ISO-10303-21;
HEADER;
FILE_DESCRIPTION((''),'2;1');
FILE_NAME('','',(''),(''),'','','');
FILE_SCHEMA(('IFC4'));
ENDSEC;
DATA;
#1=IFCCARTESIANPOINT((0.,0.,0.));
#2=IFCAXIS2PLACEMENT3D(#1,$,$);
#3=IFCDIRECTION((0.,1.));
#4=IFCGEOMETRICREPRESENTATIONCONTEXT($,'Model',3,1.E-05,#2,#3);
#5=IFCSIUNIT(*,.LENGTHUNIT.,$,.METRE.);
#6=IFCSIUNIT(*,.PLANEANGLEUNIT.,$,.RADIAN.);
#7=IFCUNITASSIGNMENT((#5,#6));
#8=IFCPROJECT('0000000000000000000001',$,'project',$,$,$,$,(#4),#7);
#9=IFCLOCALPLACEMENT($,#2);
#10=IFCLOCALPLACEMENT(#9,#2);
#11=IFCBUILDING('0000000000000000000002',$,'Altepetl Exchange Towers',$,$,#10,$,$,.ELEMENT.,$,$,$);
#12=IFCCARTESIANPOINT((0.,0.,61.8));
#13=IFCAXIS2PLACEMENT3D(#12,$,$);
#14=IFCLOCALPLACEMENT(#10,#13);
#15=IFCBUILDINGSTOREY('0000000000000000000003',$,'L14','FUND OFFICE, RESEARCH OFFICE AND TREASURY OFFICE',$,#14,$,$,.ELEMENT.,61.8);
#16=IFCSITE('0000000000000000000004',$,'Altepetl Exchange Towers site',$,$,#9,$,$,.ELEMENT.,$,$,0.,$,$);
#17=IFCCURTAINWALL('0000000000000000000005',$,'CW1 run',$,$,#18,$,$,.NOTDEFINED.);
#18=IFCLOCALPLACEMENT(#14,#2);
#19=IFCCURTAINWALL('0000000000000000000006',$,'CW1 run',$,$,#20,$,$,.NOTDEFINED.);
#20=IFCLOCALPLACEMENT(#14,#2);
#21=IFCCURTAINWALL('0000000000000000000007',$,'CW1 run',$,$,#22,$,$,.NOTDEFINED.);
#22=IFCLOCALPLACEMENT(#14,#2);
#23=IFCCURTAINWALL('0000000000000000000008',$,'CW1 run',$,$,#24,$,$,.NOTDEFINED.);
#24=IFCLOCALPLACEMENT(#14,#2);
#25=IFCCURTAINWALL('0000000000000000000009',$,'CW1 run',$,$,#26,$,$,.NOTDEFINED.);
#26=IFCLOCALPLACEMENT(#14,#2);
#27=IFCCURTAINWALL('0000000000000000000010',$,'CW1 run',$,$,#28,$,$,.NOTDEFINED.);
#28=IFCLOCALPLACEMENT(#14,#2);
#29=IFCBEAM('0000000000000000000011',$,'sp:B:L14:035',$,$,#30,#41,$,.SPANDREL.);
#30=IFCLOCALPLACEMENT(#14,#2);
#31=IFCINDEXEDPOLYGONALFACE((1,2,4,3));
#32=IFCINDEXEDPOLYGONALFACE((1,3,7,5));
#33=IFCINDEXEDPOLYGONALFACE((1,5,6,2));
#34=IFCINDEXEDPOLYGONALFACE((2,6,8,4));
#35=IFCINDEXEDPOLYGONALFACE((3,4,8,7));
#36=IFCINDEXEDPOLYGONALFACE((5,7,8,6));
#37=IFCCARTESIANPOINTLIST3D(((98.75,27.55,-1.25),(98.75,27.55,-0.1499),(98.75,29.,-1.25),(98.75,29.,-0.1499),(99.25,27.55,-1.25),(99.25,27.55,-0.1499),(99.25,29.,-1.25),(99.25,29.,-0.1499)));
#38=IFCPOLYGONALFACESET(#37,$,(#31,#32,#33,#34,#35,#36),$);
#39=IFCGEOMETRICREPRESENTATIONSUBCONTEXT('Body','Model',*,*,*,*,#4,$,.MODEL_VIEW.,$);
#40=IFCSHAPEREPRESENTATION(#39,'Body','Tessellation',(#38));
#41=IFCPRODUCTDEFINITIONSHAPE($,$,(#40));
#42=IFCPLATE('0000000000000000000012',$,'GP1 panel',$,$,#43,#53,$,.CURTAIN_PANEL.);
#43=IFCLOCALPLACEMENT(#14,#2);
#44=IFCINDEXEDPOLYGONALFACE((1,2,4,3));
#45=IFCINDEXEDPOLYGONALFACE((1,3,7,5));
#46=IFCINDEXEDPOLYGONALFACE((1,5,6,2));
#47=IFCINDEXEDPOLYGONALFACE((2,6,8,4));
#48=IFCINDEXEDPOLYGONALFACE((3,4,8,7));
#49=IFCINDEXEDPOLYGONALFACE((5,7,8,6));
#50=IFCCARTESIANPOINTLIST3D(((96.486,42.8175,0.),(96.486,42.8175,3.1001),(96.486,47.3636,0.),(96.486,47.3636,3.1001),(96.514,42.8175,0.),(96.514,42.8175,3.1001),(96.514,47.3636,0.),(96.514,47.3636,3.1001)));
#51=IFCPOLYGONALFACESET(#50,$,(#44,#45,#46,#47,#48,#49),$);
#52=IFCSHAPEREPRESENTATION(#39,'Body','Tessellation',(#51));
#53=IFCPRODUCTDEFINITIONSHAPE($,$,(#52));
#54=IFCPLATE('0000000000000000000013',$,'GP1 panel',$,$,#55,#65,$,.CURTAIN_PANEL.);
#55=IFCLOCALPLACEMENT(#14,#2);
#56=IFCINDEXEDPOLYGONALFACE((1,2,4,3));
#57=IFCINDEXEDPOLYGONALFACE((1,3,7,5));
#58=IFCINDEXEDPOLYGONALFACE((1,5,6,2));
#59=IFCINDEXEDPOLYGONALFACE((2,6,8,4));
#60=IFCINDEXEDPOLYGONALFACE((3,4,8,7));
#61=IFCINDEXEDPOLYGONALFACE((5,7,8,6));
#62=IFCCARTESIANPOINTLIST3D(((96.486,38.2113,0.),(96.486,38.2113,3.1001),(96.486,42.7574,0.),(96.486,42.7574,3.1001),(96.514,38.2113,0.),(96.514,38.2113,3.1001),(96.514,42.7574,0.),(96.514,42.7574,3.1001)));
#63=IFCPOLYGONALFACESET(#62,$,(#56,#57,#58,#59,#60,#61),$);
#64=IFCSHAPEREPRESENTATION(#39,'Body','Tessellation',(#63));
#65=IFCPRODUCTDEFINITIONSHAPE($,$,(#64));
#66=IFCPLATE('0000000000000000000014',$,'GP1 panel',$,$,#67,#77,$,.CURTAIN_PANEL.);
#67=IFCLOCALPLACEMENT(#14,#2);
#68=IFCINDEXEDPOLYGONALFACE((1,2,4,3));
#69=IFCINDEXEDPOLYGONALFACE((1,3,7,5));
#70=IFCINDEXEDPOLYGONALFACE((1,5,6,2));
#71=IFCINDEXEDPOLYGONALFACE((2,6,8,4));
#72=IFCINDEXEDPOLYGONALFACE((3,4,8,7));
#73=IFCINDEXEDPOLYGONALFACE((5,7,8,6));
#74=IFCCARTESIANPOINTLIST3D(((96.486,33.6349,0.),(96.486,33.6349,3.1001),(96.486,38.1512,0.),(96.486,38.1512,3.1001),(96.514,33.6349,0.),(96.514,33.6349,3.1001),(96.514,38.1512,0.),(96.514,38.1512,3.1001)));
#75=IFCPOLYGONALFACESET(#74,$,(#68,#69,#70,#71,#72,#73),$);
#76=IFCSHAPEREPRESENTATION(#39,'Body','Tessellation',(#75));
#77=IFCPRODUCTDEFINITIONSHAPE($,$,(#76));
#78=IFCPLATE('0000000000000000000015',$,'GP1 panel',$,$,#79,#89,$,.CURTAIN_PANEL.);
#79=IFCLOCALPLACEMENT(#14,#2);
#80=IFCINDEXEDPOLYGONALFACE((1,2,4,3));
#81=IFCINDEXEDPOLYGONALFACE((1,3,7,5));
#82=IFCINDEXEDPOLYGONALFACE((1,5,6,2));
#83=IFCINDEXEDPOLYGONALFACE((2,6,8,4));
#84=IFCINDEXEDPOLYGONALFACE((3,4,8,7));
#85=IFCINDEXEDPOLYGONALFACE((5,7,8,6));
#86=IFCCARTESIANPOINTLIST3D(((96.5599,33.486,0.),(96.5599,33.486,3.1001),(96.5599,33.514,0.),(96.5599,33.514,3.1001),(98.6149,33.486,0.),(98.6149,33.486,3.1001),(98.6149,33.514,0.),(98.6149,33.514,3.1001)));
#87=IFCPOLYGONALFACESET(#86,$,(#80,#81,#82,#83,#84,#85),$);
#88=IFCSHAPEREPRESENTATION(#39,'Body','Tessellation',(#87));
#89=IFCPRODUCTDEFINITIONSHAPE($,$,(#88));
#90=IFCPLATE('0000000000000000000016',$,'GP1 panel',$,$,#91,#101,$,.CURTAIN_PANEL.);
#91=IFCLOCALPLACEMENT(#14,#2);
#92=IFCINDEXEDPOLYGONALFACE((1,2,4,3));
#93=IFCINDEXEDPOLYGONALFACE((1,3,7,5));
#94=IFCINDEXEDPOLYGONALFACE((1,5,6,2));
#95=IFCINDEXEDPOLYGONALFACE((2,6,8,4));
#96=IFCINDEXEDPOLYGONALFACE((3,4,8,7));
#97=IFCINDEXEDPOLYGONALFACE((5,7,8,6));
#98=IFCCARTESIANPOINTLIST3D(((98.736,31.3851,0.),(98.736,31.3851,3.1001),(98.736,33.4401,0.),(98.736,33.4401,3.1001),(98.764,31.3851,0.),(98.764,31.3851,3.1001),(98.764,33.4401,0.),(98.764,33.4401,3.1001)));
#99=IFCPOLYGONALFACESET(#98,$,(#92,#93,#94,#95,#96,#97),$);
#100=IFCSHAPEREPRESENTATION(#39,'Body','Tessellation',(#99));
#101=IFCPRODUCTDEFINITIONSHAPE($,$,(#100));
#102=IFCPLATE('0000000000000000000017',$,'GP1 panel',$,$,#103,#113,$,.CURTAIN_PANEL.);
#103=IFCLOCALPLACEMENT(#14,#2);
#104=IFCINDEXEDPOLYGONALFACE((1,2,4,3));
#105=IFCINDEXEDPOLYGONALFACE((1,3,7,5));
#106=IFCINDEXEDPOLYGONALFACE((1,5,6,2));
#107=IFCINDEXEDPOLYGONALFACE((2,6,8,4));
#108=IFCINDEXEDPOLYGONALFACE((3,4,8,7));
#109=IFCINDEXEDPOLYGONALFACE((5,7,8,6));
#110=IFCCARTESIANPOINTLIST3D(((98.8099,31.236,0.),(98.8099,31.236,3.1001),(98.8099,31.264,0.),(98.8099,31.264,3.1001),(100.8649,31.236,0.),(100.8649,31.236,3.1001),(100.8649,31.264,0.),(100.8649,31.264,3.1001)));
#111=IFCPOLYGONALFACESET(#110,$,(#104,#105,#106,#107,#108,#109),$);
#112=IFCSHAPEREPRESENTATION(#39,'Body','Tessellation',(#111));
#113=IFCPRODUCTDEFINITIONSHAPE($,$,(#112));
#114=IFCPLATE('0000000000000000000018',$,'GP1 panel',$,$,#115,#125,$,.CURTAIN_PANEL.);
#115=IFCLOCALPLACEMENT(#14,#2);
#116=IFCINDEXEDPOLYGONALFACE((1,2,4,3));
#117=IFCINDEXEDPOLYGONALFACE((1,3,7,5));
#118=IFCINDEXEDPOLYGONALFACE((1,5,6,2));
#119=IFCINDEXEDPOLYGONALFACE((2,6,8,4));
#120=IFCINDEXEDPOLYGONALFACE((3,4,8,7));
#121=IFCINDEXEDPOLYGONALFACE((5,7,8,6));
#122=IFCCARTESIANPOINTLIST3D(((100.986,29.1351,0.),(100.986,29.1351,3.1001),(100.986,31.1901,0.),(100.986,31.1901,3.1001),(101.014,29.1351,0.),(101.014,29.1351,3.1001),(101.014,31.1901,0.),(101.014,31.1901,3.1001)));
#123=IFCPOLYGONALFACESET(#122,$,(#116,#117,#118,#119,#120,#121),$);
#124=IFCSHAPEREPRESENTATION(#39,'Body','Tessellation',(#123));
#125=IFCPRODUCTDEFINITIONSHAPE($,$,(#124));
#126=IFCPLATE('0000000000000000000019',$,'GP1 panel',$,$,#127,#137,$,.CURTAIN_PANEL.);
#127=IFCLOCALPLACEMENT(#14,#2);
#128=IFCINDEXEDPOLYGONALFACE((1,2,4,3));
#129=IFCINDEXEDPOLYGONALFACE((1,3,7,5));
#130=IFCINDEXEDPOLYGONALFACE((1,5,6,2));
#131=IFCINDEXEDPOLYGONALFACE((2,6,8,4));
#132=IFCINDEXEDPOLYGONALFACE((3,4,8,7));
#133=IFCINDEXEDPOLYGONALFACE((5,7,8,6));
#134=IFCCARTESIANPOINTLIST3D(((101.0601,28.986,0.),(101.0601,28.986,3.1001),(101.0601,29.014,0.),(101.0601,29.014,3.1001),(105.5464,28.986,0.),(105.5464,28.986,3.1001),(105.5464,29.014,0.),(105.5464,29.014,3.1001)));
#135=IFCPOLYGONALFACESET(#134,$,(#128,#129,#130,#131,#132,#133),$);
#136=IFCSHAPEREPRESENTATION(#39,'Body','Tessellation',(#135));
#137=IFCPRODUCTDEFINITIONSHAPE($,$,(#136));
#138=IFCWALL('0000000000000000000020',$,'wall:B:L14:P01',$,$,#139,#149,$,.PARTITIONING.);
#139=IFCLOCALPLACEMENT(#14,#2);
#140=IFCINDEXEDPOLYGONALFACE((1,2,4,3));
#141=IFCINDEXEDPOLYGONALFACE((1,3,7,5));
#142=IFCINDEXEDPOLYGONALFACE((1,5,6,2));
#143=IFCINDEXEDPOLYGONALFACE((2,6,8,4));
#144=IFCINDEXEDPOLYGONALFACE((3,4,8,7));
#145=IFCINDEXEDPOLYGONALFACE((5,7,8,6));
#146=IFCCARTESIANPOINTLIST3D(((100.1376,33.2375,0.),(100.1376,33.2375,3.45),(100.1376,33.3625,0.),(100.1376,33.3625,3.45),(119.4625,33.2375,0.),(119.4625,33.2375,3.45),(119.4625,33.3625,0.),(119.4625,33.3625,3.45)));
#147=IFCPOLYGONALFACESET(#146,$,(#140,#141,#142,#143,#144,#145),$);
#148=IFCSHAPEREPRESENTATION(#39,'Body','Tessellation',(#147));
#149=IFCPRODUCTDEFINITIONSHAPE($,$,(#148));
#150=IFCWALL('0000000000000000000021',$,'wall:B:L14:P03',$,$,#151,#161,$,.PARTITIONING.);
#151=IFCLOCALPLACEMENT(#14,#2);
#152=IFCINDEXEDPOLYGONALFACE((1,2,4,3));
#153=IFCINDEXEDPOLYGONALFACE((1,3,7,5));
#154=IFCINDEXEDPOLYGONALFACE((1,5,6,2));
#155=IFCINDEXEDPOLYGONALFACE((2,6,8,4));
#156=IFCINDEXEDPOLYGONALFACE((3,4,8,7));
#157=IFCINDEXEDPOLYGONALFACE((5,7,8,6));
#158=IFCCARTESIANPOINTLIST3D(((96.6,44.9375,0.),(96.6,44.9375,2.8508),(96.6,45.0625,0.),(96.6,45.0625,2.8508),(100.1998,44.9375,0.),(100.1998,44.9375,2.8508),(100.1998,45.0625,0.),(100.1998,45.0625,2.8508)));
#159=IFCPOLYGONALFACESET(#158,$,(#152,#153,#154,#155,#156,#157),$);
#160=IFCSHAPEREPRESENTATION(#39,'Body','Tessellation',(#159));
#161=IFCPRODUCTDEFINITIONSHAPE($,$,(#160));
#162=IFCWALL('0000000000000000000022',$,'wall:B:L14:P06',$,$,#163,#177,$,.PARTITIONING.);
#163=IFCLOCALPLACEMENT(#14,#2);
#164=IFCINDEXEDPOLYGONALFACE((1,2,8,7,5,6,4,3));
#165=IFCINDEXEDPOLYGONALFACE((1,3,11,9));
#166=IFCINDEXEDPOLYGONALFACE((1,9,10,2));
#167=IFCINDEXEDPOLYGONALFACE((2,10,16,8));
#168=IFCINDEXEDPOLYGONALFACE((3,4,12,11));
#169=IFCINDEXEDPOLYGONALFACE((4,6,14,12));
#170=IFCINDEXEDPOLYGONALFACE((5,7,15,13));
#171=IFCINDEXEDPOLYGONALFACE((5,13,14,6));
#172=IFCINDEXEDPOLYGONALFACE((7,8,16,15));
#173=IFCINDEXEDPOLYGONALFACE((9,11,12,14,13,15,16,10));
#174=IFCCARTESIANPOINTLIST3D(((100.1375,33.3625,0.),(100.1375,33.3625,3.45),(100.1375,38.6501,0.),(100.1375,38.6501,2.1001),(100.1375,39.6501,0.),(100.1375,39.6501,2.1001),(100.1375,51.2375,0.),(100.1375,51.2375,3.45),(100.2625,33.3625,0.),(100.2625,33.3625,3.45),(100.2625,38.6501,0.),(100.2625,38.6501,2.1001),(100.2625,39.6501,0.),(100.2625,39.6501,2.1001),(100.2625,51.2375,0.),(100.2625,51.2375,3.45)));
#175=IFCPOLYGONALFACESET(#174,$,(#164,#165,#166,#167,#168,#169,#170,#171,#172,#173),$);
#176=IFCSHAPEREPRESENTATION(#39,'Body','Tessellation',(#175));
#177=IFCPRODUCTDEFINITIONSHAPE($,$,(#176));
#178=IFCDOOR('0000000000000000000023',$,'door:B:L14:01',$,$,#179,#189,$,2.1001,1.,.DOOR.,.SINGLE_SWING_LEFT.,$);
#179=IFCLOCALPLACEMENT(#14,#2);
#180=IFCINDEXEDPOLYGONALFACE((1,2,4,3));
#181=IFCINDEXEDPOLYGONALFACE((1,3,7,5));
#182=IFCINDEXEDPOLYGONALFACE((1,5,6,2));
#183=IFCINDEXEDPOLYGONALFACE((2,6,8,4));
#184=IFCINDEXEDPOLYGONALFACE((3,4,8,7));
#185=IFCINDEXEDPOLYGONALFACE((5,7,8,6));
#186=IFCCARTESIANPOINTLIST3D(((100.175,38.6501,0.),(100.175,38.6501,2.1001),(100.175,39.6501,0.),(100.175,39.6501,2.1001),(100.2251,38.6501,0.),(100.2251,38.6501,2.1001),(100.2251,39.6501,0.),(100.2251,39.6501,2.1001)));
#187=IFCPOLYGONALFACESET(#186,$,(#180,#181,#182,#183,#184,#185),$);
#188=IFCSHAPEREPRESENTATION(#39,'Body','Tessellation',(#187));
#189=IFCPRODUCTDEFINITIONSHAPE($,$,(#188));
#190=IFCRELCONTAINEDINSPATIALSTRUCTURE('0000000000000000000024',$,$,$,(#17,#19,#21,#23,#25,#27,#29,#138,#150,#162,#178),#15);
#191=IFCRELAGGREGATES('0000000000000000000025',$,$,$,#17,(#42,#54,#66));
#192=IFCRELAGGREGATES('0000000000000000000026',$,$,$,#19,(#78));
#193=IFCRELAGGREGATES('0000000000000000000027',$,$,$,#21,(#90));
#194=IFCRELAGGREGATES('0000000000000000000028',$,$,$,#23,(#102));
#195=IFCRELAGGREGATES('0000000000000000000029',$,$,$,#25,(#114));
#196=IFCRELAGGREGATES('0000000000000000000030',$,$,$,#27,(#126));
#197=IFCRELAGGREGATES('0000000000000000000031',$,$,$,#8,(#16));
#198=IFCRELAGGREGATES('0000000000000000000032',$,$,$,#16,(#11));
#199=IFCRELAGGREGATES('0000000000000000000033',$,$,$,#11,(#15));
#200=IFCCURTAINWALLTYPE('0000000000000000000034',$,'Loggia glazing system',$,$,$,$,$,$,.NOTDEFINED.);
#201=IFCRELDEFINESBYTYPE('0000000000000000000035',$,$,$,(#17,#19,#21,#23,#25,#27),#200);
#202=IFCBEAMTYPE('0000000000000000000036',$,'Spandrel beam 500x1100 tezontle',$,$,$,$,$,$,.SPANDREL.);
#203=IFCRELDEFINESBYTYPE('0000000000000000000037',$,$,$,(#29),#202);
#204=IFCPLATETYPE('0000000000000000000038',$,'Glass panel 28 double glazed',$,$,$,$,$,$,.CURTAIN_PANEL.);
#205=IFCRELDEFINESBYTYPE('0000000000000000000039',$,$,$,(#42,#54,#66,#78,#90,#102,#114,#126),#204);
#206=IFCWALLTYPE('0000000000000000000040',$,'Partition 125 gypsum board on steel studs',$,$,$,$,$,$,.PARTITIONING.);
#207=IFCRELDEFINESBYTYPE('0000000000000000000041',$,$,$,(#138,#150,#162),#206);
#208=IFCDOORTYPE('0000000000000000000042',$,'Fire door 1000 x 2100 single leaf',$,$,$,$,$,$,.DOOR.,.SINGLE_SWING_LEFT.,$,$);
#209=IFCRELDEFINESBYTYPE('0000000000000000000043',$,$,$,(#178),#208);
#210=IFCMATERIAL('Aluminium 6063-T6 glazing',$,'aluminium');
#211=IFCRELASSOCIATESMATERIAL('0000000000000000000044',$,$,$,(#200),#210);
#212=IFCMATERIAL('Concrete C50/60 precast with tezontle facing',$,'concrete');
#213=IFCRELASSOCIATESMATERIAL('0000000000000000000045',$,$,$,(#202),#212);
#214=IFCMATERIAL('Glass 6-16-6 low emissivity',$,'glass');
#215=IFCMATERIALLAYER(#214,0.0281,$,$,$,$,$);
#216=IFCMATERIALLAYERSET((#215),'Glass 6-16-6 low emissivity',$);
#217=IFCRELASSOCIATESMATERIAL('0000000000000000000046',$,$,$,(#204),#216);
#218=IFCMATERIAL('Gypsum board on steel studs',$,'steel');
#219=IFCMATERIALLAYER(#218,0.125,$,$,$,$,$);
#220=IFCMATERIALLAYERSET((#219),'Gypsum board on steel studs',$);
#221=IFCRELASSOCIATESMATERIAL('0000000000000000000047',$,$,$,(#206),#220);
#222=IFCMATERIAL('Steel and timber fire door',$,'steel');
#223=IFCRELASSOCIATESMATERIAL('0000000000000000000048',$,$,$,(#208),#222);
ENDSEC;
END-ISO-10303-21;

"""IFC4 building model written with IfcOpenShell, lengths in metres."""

from ifc_helpers import new_model, si_unit, direction, frame, frame_2d, origin, origin_2d, place, context, subcontext, project, spatial, rectangle, extrude, material, layer, layer_set, material_profile, profile_set, type_object, element, fill, aggregate, save


model = new_model("IFC4")

# Units and contexts
model_context = context("Model", 3, precision=1e-05, world=origin(), true_north=direction((0.0, 1.0)))
body_context = subcontext(model_context, "Body", "Model", "MODEL_VIEW")
ifc_project = project(units=[si_unit("LENGTHUNIT", "METRE"), si_unit("PLANEANGLEUNIT", "RADIAN")], contexts=[model_context])

# Site, building, storey
site_placement = place(None, origin())
site = spatial("IfcSite", under=ifc_project, at=site_placement, Name="Altepetl Exchange Towers site", CompositionType="ELEMENT", RefElevation=0.0)
building_placement = place(site_placement, origin())
building = spatial("IfcBuilding", under=site, at=building_placement, Name="Altepetl Exchange Towers", CompositionType="ELEMENT")
storey_placement = place(building_placement, frame((0.0, 0.0, 61.8)))
storey = spatial("IfcBuildingStorey", under=building, at=storey_placement, Name="L14", Description="FUND OFFICE, RESEARCH OFFICE AND TREASURY OFFICE", CompositionType="ELEMENT", Elevation=61.8)

# Curtain walls
ifc_material_1 = material(Name="Aluminium 6063-T6 glazing", Category="aluminium")
curtain_wall_type = type_object("IfcCurtainWallType", Name="Loggia glazing system", PredefinedType="NOTDEFINED", material=ifc_material_1)
curtain_wall_1_placement = place(storey_placement, origin())
curtain_wall_1 = element("IfcCurtainWall", 1, at=curtain_wall_1_placement, inside=storey, type_object=curtain_wall_type, Name="CW1 run", PredefinedType="NOTDEFINED")
curtain_wall_2_placement = place(storey_placement, origin())
curtain_wall_2 = element("IfcCurtainWall", 2, at=curtain_wall_2_placement, inside=storey, type_object=curtain_wall_type, Name="CW1 run", PredefinedType="NOTDEFINED")
curtain_wall_3_placement = place(storey_placement, origin())
curtain_wall_3 = element("IfcCurtainWall", 3, at=curtain_wall_3_placement, inside=storey, type_object=curtain_wall_type, Name="CW1 run", PredefinedType="NOTDEFINED")
curtain_wall_4_placement = place(storey_placement, origin())
curtain_wall_4 = element("IfcCurtainWall", 4, at=curtain_wall_4_placement, inside=storey, type_object=curtain_wall_type, Name="CW1 run", PredefinedType="NOTDEFINED")
curtain_wall_5_placement = place(storey_placement, origin())
curtain_wall_5 = element("IfcCurtainWall", 5, at=curtain_wall_5_placement, inside=storey, type_object=curtain_wall_type, Name="CW1 run", PredefinedType="NOTDEFINED")

# Curtain wall
curtain_wall_6_placement = place(storey_placement, origin())
curtain_wall_6 = element("IfcCurtainWall", 6, at=curtain_wall_6_placement, inside=storey, type_object=curtain_wall_type, Name="CW1 run", PredefinedType="NOTDEFINED")

# Beam
ifc_material_2 = material(Name="Concrete C50/60 precast with tezontle facing", Category="concrete")
ifc_material_profile_1 = material_profile(ifc_material_2, rectangle(XDim=0.5, YDim=1.1001, at=origin_2d()), Name="500 x 1100")
ifc_profile_set_1 = profile_set([ifc_material_profile_1], Name="Concrete C50/60 precast with tezontle facing")
beam_type_1 = type_object("IfcBeamType", Name="Spandrel beam 500x1100 tezontle", PredefinedType="SPANDREL", material=ifc_profile_set_1)
beam_1_placement = place(storey_placement, frame((99.0, 29.0, -0.7), z_axis=(0.0, -1.0, 0.0), x_axis=(1.0, 0.0, 0.0)))
element("IfcBeam", 7, at=beam_1_placement, inside=storey, type_object=beam_type_1, Name="sp:B:L14:035", PredefinedType="SPANDREL", context=body_context, shape_type="SweptSolid", body=[
    extrude(rectangle(XDim=0.5, YDim=1.1001, at=origin_2d()), origin(), (0.0, 0.0, 1.0), 1.45),
])

# Plates
ifc_material_3 = material(Name="Glass 6-16-6 low emissivity", Category="glass")
ifc_layer_1 = layer(ifc_material_3, 0.0281)
ifc_layer_set_1 = layer_set([ifc_layer_1], Name="Glass 6-16-6 low emissivity")
plate_type = type_object("IfcPlateType", Name="Glass panel 28 double glazed", PredefinedType="CURTAIN_PANEL", material=ifc_layer_set_1)
plate_1_placement = place(storey_placement, frame((96.5, 45.0906, 0.0), z_axis=(0.0, 0.0, 1.0), x_axis=(0.0, -1.0, 0.0)))
plate_1 = element("IfcPlate", 8, at=plate_1_placement, type_object=plate_type, Name="GP1 panel", PredefinedType="CURTAIN_PANEL", context=body_context, shape_type="SweptSolid", body=[
    extrude(rectangle(XDim=4.5461, YDim=0.0281, at=origin_2d()), origin(), (0.0, 0.0, 1.0), 3.1001),
])
plate_2_placement = place(storey_placement, frame((96.5, 40.4844, 0.0), z_axis=(0.0, 0.0, 1.0), x_axis=(0.0, -1.0, 0.0)))
plate_2 = element("IfcPlate", 9, at=plate_2_placement, type_object=plate_type, Name="GP1 panel", PredefinedType="CURTAIN_PANEL", context=body_context, shape_type="SweptSolid", body=[
    extrude(rectangle(XDim=4.5461, YDim=0.0281, at=origin_2d()), origin(), (0.0, 0.0, 1.0), 3.1001),
])
plate_3_placement = place(storey_placement, frame((96.5, 35.8931, 0.0), z_axis=(0.0, 0.0, 1.0), x_axis=(0.0, -1.0, 0.0)))
plate_3 = element("IfcPlate", 10, at=plate_3_placement, type_object=plate_type, Name="GP1 panel", PredefinedType="CURTAIN_PANEL", context=body_context, shape_type="SweptSolid", body=[
    extrude(rectangle(XDim=4.5164, YDim=0.0281, at=origin_2d()), origin(), (0.0, 0.0, 1.0), 3.1001),
])
aggregate(curtain_wall_1, [plate_1, plate_2, plate_3])
plate_4_placement = place(storey_placement, frame((97.5874, 33.5, 0.0)))
plate_4 = element("IfcPlate", 11, at=plate_4_placement, type_object=plate_type, Name="GP1 panel", PredefinedType="CURTAIN_PANEL", context=body_context, shape_type="SweptSolid", body=[
    extrude(rectangle(XDim=2.0549, YDim=0.0281, at=origin_2d()), origin(), (0.0, 0.0, 1.0), 3.1001),
])
aggregate(curtain_wall_2, [plate_4])
plate_5_placement = place(storey_placement, frame((98.75, 32.4126, 0.0), z_axis=(0.0, 0.0, 1.0), x_axis=(0.0, -1.0, 0.0)))
plate_5 = element("IfcPlate", 12, at=plate_5_placement, type_object=plate_type, Name="GP1 panel", PredefinedType="CURTAIN_PANEL", context=body_context, shape_type="SweptSolid", body=[
    extrude(rectangle(XDim=2.0549, YDim=0.0281, at=origin_2d()), origin(), (0.0, 0.0, 1.0), 3.1001),
])
aggregate(curtain_wall_3, [plate_5])
plate_6_placement = place(storey_placement, frame((99.8374, 31.25, 0.0)))
plate_6 = element("IfcPlate", 13, at=plate_6_placement, type_object=plate_type, Name="GP1 panel", PredefinedType="CURTAIN_PANEL", context=body_context, shape_type="SweptSolid", body=[
    extrude(rectangle(XDim=2.0549, YDim=0.0281, at=origin_2d()), origin(), (0.0, 0.0, 1.0), 3.1001),
])
aggregate(curtain_wall_4, [plate_6])
plate_7_placement = place(storey_placement, frame((101.0, 30.1626, 0.0), z_axis=(0.0, 0.0, 1.0), x_axis=(0.0, -1.0, 0.0)))
plate_7 = element("IfcPlate", 14, at=plate_7_placement, type_object=plate_type, Name="GP1 panel", PredefinedType="CURTAIN_PANEL", context=body_context, shape_type="SweptSolid", body=[
    extrude(rectangle(XDim=2.0549, YDim=0.0281, at=origin_2d()), origin(), (0.0, 0.0, 1.0), 3.1001),
])
aggregate(curtain_wall_5, [plate_7])
plate_8_placement = place(storey_placement, frame((103.3032, 29.0, 0.0)))
plate_8 = element("IfcPlate", 15, at=plate_8_placement, type_object=plate_type, Name="GP1 panel", PredefinedType="CURTAIN_PANEL", context=body_context, shape_type="SweptSolid", body=[
    extrude(rectangle(XDim=4.4863, YDim=0.0281, at=origin_2d()), origin(), (0.0, 0.0, 1.0), 3.1001),
])
aggregate(curtain_wall_6, [plate_8])

# Walls
ifc_material_4 = material(Name="Gypsum board on steel studs", Category="steel")
ifc_layer_2 = layer(ifc_material_4, 0.125)
ifc_layer_set_2 = layer_set([ifc_layer_2], Name="Gypsum board on steel studs")
wall_type = type_object("IfcWallType", Name="Partition 125 gypsum board on steel studs", PredefinedType="PARTITIONING", material=ifc_layer_set_2)
wall_1_placement = place(storey_placement, frame((100.1375, 33.3, 0.0)))
element("IfcWall", 16, at=wall_1_placement, inside=storey, type_object=wall_type, Name="wall:B:L14:P01", PredefinedType="PARTITIONING", context=body_context, shape_type="SweptSolid", body=[
    extrude(rectangle(XDim=19.325, YDim=0.125, at=frame_2d((9.6626, 0.0))), origin(), (0.0, 0.0, 1.0), 3.45),
])
wall_2_placement = place(storey_placement, frame((96.6001, 45.0, 0.0)))
element("IfcWall", 17, at=wall_2_placement, inside=storey, type_object=wall_type, Name="wall:B:L14:P03", PredefinedType="PARTITIONING", context=body_context, shape_type="SweptSolid", body=[
    extrude(rectangle(XDim=3.5999, YDim=0.125, at=frame_2d((1.7998, 0.0))), origin(), (0.0, 0.0, 1.0), 2.8508),
])

# Wall, opening, door
wall_3_placement = place(storey_placement, frame((100.2, 33.3625, 0.0), z_axis=(0.0, 0.0, 1.0), x_axis=(0.0, 1.0, 0.0)))
wall_3 = element("IfcWall", 18, at=wall_3_placement, inside=storey, type_object=wall_type, Name="wall:B:L14:P06", PredefinedType="PARTITIONING", context=body_context, shape_type="SweptSolid", body=[
    extrude(rectangle(XDim=17.875, YDim=0.125, at=frame_2d((8.9375, 0.0))), origin(), (0.0, 0.0, 1.0), 3.45),
])
opening_placement = place(wall_3_placement, frame((5.2876, 0.0, 0.0)))
opening = element("IfcOpeningElement", 19, at=opening_placement, cuts=wall_3, PredefinedType="OPENING", context=body_context, shape_type="SweptSolid", body=[
    extrude(rectangle(XDim=1.0, YDim=2.1001, at=frame_2d((0.5, 1.05))), frame((0.0, 0.0725, 0.0), z_axis=(0.0, -1.0, 0.0), x_axis=(1.0, 0.0, 0.0)), (0.0, 0.0, 1.0), 0.145),
])
ifc_material_5 = material(Name="Steel and timber fire door", Category="steel")
door_type = type_object("IfcDoorType", Name="Fire door 1000 x 2100 single leaf", OperationType="SINGLE_SWING_LEFT", PredefinedType="DOOR", material=ifc_material_5)
door_placement = place(opening_placement, origin())
door = element("IfcDoor", 20, at=door_placement, inside=storey, type_object=door_type, Name="door:B:L14:01", OperationType="SINGLE_SWING_LEFT", OverallHeight=2.1001, OverallWidth=1.0, PredefinedType="DOOR", context=body_context, shape_type="SweptSolid", body=[
    extrude(rectangle(XDim=1.0, YDim=2.1001, at=frame_2d((0.5, 1.05))), frame((0.0, 0.0249, 0.0), z_axis=(0.0, -1.0, 0.0), x_axis=(1.0, 0.0, 0.0)), (0.0, 0.0, 1.0), 0.05),
])
fill(opening, door)

save(model, "model.ifc")
